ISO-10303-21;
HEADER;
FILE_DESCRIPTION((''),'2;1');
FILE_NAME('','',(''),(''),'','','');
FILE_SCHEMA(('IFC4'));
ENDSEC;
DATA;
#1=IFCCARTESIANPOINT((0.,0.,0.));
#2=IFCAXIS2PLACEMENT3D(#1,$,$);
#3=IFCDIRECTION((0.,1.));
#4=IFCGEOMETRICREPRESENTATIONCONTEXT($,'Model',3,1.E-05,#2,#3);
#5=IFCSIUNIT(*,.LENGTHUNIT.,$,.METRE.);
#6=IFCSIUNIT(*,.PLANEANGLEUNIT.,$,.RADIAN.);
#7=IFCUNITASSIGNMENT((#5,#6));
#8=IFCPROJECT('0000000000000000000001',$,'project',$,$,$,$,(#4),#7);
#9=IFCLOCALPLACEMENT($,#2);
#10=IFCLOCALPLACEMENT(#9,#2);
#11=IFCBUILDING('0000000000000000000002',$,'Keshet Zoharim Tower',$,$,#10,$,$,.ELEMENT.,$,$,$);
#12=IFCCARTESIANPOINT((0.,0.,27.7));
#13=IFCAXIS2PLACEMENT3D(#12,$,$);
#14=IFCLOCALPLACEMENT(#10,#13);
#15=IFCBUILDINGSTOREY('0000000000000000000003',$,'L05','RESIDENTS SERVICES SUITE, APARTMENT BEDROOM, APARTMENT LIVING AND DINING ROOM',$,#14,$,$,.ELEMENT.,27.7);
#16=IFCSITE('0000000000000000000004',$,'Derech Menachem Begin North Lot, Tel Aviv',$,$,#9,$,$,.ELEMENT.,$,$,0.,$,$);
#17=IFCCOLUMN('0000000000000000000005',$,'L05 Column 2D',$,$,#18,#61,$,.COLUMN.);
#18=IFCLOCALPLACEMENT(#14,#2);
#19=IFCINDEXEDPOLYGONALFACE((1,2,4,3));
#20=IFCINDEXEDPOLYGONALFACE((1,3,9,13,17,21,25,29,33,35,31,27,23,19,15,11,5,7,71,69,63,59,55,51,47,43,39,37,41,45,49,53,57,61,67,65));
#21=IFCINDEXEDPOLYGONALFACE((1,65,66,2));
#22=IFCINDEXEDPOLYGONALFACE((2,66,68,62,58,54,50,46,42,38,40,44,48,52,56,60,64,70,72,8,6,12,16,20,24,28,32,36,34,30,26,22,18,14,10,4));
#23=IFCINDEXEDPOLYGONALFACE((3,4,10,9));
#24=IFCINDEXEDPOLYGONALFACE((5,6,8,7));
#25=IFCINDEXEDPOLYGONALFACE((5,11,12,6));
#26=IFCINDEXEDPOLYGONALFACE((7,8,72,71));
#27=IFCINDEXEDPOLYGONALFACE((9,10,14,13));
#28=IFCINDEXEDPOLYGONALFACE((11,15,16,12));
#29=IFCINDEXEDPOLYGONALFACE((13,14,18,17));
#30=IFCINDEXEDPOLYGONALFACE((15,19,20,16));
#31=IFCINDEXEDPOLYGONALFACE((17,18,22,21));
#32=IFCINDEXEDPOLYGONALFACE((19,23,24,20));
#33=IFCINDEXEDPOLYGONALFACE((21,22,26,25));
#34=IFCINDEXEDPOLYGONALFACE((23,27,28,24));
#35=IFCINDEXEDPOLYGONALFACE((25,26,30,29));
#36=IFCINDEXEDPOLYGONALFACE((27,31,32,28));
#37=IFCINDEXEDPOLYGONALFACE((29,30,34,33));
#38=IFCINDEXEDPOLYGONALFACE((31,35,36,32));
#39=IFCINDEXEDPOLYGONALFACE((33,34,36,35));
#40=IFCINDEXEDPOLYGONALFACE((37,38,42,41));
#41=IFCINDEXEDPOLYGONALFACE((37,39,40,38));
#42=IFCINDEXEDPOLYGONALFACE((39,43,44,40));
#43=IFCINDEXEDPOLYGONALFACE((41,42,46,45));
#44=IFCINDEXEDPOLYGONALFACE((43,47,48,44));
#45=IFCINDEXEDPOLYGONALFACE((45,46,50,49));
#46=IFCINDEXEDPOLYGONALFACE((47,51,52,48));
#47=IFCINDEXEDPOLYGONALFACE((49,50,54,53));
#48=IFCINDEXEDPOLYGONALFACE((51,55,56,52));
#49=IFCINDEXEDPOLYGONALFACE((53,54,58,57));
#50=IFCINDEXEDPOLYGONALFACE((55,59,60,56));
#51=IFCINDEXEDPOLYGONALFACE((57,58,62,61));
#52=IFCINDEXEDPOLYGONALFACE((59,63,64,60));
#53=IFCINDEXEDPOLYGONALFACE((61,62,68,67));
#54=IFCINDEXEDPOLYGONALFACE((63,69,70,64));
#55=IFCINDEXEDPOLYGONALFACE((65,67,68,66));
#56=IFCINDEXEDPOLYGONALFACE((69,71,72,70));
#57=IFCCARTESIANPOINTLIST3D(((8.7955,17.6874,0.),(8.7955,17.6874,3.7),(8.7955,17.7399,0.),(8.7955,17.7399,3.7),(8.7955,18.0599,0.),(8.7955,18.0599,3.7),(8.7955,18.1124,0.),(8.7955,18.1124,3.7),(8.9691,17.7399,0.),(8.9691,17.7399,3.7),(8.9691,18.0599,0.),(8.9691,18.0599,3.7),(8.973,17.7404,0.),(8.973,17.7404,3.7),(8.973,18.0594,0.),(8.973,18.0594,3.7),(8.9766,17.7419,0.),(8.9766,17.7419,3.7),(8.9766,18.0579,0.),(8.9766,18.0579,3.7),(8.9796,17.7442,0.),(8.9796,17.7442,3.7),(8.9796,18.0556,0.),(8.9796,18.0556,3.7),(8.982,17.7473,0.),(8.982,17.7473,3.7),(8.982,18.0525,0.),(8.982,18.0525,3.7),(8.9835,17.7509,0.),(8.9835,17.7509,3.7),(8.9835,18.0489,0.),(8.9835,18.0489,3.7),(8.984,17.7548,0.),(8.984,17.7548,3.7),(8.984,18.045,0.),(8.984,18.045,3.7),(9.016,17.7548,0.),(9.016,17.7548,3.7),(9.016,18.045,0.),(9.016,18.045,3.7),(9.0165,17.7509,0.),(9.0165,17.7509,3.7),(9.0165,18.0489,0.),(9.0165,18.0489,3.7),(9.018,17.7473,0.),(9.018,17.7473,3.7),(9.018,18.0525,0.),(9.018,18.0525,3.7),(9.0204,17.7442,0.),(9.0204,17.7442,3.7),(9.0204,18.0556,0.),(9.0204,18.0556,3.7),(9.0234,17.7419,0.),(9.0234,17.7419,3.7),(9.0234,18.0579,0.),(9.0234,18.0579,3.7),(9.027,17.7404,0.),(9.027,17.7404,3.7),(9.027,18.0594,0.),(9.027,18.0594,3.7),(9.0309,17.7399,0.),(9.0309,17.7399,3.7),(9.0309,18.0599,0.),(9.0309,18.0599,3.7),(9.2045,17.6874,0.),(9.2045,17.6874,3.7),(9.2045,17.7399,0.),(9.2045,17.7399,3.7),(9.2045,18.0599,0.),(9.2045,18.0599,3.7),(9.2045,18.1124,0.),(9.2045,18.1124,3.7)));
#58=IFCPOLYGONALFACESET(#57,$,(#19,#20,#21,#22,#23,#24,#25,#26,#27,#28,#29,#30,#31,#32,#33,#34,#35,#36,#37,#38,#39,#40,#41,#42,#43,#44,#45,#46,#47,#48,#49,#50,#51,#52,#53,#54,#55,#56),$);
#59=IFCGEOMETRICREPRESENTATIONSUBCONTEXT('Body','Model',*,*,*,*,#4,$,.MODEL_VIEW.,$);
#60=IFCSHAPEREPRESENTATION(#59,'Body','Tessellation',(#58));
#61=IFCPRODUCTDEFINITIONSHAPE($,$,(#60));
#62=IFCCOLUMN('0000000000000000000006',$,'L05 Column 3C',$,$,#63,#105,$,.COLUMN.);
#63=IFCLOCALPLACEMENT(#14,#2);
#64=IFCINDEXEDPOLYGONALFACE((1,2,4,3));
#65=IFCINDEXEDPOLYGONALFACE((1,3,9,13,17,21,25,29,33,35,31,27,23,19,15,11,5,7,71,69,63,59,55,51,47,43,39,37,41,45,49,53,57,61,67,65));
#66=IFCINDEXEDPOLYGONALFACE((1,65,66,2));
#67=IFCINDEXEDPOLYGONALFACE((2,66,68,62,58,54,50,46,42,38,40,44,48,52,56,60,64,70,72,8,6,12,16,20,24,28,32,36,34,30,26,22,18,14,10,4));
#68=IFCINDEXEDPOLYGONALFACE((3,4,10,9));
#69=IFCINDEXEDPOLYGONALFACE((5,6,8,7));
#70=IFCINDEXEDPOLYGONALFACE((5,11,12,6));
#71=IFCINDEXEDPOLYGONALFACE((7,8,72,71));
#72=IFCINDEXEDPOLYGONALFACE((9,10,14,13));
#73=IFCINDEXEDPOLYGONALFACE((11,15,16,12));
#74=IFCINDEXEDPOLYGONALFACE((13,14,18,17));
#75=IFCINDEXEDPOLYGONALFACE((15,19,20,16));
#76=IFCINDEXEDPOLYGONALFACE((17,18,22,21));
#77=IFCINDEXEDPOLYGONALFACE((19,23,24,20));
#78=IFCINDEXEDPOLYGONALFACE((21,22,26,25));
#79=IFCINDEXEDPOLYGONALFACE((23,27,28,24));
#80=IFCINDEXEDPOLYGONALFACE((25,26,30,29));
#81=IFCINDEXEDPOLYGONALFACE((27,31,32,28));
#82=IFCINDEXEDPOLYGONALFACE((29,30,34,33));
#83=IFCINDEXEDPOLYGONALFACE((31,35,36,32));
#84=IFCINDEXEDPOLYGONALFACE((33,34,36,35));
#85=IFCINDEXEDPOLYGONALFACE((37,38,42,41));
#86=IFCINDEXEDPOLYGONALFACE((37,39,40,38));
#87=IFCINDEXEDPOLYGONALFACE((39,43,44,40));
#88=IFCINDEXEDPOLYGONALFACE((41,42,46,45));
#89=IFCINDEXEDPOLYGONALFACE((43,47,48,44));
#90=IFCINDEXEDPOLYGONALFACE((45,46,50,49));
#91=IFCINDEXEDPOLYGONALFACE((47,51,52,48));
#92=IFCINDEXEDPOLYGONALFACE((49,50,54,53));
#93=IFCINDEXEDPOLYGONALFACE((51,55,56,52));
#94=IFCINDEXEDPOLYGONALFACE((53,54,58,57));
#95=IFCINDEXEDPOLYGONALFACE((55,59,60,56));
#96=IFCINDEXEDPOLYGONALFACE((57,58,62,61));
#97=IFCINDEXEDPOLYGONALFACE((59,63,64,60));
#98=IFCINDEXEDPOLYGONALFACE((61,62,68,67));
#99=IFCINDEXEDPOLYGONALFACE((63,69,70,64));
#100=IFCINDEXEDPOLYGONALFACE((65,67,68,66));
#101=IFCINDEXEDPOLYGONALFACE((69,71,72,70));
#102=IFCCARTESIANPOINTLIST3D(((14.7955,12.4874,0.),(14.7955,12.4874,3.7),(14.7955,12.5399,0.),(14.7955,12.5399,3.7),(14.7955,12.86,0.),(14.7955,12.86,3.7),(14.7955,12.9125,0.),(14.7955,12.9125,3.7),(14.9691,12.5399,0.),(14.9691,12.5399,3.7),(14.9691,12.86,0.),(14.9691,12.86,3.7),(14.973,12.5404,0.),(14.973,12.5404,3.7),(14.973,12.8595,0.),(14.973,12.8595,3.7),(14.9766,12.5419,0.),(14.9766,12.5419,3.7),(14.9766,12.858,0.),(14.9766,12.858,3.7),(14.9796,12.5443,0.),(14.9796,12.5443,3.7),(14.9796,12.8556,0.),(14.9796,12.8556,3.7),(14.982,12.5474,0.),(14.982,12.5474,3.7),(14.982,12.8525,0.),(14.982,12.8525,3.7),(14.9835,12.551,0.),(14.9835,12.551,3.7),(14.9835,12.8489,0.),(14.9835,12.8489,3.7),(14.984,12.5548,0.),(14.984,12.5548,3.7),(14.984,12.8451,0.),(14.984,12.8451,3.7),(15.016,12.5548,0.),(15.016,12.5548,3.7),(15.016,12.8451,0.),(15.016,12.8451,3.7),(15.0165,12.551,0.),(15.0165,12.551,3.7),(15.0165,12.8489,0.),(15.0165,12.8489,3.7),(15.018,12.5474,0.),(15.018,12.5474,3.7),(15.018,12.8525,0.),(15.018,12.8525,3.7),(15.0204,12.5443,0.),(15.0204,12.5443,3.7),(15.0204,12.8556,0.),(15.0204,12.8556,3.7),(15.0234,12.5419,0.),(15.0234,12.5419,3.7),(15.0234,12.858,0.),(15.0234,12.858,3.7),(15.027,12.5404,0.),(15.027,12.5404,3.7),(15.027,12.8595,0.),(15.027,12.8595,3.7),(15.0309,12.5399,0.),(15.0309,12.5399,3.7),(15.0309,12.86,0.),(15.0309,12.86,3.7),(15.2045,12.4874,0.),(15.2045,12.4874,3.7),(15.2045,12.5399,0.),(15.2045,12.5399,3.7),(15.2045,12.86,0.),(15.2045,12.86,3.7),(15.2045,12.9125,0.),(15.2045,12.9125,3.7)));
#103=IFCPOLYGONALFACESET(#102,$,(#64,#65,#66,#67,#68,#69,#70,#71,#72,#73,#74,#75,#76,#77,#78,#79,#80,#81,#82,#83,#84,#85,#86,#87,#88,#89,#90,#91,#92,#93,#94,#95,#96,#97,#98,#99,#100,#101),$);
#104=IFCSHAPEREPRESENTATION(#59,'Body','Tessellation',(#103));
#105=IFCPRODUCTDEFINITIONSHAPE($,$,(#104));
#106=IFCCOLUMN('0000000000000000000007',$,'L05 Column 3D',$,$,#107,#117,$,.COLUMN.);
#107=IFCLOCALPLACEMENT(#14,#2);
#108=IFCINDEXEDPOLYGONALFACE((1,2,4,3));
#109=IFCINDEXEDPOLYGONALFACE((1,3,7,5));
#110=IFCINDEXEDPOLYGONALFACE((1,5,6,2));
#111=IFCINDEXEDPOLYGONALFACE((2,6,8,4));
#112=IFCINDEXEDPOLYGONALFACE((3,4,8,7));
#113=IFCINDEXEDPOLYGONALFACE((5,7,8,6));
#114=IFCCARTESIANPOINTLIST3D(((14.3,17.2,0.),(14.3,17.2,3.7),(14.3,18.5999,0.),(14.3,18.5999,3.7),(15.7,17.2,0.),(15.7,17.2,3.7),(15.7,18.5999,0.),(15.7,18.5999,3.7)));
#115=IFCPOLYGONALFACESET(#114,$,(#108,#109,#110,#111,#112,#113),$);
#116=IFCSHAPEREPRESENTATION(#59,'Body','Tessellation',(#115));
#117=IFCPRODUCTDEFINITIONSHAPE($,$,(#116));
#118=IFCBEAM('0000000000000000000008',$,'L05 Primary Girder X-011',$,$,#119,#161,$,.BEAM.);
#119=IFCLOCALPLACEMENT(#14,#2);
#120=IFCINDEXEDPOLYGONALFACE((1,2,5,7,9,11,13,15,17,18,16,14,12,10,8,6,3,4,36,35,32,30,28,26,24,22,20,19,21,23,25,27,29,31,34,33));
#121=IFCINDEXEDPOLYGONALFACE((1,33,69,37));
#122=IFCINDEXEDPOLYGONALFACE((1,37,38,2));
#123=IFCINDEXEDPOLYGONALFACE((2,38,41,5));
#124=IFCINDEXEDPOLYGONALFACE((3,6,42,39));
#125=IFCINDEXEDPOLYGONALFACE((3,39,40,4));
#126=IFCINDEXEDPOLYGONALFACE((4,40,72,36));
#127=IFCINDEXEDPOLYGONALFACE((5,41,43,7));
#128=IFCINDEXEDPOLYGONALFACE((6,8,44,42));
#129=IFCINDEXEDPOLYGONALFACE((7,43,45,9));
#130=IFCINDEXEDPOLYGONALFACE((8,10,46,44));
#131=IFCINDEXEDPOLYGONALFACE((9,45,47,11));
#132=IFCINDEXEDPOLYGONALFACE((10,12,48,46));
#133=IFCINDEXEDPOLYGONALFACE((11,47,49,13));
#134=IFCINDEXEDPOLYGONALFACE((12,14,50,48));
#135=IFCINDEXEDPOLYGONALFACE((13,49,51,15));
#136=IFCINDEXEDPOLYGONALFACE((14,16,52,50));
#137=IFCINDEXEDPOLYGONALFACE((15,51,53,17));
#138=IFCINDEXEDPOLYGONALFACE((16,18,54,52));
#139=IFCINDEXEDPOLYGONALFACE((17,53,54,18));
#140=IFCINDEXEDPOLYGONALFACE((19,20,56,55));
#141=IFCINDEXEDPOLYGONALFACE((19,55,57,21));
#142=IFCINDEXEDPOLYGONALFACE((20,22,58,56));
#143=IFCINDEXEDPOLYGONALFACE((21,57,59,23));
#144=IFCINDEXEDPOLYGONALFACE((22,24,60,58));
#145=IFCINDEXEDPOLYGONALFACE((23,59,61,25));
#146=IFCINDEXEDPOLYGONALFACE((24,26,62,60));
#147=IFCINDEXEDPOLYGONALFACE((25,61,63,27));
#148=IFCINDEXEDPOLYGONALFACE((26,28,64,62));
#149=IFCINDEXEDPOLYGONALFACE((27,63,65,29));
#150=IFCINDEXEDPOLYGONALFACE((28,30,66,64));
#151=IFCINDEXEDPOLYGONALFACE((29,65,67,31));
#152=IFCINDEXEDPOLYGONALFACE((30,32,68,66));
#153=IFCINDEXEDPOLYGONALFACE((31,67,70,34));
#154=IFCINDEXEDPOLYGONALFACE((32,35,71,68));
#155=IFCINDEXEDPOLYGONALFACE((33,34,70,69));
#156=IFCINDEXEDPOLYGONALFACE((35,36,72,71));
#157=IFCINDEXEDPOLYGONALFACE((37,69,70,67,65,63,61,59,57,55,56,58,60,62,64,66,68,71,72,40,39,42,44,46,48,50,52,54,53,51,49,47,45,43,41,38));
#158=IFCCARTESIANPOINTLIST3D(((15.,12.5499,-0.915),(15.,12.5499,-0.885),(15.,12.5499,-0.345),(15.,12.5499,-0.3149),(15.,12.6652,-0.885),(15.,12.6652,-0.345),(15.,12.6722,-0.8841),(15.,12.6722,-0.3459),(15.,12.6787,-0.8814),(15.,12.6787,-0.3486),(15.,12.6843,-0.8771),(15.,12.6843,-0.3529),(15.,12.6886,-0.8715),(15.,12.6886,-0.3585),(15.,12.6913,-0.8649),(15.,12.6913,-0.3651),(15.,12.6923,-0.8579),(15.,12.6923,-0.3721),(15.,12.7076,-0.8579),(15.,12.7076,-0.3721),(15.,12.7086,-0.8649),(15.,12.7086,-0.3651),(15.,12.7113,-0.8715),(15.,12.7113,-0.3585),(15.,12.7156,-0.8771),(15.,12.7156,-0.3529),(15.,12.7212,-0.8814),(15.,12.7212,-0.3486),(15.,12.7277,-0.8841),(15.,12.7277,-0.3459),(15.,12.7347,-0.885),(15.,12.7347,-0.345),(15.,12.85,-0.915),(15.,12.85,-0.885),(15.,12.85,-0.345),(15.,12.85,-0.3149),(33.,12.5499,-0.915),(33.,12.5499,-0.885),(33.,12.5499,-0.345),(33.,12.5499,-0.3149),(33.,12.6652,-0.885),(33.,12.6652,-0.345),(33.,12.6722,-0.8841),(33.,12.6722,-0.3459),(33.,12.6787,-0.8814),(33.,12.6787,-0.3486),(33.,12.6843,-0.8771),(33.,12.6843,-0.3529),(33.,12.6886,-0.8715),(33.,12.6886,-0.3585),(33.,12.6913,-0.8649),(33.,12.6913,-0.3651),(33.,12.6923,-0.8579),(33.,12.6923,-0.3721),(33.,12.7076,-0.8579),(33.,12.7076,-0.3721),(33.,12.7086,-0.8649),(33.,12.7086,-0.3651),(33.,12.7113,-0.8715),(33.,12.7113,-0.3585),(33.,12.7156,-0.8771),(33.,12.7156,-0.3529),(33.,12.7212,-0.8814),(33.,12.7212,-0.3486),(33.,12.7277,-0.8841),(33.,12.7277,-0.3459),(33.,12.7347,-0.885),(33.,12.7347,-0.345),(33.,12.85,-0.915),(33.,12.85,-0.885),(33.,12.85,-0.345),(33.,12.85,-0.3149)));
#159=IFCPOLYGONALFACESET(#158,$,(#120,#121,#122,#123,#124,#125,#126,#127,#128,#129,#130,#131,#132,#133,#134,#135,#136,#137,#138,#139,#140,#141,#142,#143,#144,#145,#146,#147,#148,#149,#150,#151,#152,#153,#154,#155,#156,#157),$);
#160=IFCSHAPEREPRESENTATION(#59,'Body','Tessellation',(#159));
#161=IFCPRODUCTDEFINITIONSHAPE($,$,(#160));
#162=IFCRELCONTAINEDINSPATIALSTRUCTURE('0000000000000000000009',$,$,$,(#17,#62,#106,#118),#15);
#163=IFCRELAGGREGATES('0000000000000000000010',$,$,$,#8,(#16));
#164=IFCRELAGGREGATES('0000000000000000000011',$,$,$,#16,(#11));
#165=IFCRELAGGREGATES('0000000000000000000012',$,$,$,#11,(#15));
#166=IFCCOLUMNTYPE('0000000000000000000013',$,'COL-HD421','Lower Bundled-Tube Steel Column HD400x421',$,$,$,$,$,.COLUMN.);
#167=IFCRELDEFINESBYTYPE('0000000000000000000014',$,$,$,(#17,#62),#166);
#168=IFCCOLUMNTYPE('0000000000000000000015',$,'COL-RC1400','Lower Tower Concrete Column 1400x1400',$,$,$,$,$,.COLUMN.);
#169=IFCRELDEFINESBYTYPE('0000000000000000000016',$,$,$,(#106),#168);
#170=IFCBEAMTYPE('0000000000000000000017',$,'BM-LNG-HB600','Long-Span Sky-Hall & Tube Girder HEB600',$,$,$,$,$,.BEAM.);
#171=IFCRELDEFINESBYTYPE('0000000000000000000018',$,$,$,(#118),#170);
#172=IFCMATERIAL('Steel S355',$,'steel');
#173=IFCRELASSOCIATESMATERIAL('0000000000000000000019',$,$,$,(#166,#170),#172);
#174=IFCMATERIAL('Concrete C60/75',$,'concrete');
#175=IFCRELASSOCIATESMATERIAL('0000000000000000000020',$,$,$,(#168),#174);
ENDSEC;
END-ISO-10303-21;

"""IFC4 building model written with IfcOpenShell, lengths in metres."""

from ifc_helpers import new_model, si_unit, direction, frame, origin, origin_2d, place, context, subcontext, project, spatial, rectangle, i_section, extrude, material, material_profile, profile_set, type_object, element, save


model = new_model("IFC4")

# Units and contexts
model_context = context("Model", 3, precision=1e-05, world=origin(), true_north=direction((0.0, 1.0)))
body_context = subcontext(model_context, "Body", "Model", "MODEL_VIEW")
ifc_project = project(units=[si_unit("LENGTHUNIT", "METRE"), si_unit("PLANEANGLEUNIT", "RADIAN")], contexts=[model_context])

# Site, building, storey
site_placement = place(None, origin())
site = spatial("IfcSite", under=ifc_project, at=site_placement, Name="Derech Menachem Begin North Lot, Tel Aviv", CompositionType="ELEMENT", RefElevation=0.0)
building_placement = place(site_placement, origin())
building = spatial("IfcBuilding", under=site, at=building_placement, Name="Keshet Zoharim Tower", CompositionType="ELEMENT")
storey_placement = place(building_placement, frame((0.0, 0.0, 27.7)))
storey = spatial("IfcBuildingStorey", under=building, at=storey_placement, Name="L05", Description="RESIDENTS SERVICES SUITE, APARTMENT BEDROOM, APARTMENT LIVING AND DINING ROOM", CompositionType="ELEMENT", Elevation=27.7)

# Columns
ifc_material_1 = material(Name="Steel S355", Category="steel")
ifc_material_profile_1 = material_profile(ifc_material_1, i_section(OverallWidth=0.4089, OverallDepth=0.425, WebThickness=0.032, FlangeThickness=0.0525, FilletRadius=0.0149, at=origin_2d()), Name="HD400x421")
ifc_profile_set_1 = profile_set([ifc_material_profile_1], Name="Steel S355")
column_type_1 = type_object("IfcColumnType", Name="COL-HD421", Description="Lower Bundled-Tube Steel Column HD400x421", PredefinedType="COLUMN", material=ifc_profile_set_1)
for number, where, z_axis, x_axis, name in (
    (1, (9.0, 17.8999, 0.0), (0.0, 0.0, 1.0), (1.0, 0.0, 0.0), "L05 Column 2D"),
    (2, (15.0, 12.7, 0.0), (0.0, 0.0, 1.0), (1.0, 0.0, 0.0), "L05 Column 3C"),
):
    element("IfcColumn", number, at=place(storey_placement, frame(where, z_axis=z_axis, x_axis=x_axis)), inside=storey, type_object=column_type_1, Name=name, PredefinedType="COLUMN", context=body_context, shape_type="SweptSolid", body=[
        extrude(i_section(OverallWidth=0.4089, OverallDepth=0.425, WebThickness=0.032, FlangeThickness=0.0525, FilletRadius=0.0149, at=origin_2d()), origin(), (0.0, 0.0, 1.0), 3.7),
    ])
ifc_material_2 = material(Name="Concrete C60/75", Category="concrete")
ifc_material_profile_2 = material_profile(ifc_material_2, rectangle(XDim=1.3999, YDim=1.3999, at=origin_2d()), Name="RC1400x1400")
ifc_profile_set_2 = profile_set([ifc_material_profile_2], Name="Concrete C60/75")
column_type_2 = type_object("IfcColumnType", Name="COL-RC1400", Description="Lower Tower Concrete Column 1400x1400", PredefinedType="COLUMN", material=ifc_profile_set_2)
column_placement = place(storey_placement, frame((15.0, 17.8999, 0.0), z_axis=(0.0, 0.0, 1.0), x_axis=(1.0, 0.0, 0.0)))
element("IfcColumn", 3, at=column_placement, inside=storey, type_object=column_type_2, Name="L05 Column 3D", PredefinedType="COLUMN", context=body_context, shape_type="SweptSolid", body=[
    extrude(rectangle(XDim=1.3999, YDim=1.3999, at=origin_2d()), origin(), (0.0, 0.0, 1.0), 3.7),
])

# Beam
ifc_material_profile_3 = material_profile(ifc_material_1, i_section(OverallWidth=0.3, OverallDepth=0.6001, WebThickness=0.0154, FlangeThickness=0.03, FilletRadius=0.0271, at=origin_2d()), Name="HEB600")
ifc_profile_set_3 = profile_set([ifc_material_profile_3], Name="Steel S355")
beam_type_1 = type_object("IfcBeamType", Name="BM-LNG-HB600", Description="Long-Span Sky-Hall & Tube Girder HEB600", PredefinedType="BEAM", material=ifc_profile_set_3)
beam_1_placement = place(storey_placement, frame((15.0, 12.7, -0.615), z_axis=(1.0, 0.0, 0.0), x_axis=(0.0, 1.0, 0.0)))
element("IfcBeam", 4, at=beam_1_placement, inside=storey, type_object=beam_type_1, Name="L05 Primary Girder X-011", PredefinedType="BEAM", context=body_context, shape_type="SweptSolid", body=[
    extrude(i_section(OverallWidth=0.3, OverallDepth=0.6001, WebThickness=0.0154, FlangeThickness=0.03, FilletRadius=0.0271, at=origin_2d()), origin(), (0.0, 0.0, 1.0), 18.0),
])

save(model, "model.ifc")
